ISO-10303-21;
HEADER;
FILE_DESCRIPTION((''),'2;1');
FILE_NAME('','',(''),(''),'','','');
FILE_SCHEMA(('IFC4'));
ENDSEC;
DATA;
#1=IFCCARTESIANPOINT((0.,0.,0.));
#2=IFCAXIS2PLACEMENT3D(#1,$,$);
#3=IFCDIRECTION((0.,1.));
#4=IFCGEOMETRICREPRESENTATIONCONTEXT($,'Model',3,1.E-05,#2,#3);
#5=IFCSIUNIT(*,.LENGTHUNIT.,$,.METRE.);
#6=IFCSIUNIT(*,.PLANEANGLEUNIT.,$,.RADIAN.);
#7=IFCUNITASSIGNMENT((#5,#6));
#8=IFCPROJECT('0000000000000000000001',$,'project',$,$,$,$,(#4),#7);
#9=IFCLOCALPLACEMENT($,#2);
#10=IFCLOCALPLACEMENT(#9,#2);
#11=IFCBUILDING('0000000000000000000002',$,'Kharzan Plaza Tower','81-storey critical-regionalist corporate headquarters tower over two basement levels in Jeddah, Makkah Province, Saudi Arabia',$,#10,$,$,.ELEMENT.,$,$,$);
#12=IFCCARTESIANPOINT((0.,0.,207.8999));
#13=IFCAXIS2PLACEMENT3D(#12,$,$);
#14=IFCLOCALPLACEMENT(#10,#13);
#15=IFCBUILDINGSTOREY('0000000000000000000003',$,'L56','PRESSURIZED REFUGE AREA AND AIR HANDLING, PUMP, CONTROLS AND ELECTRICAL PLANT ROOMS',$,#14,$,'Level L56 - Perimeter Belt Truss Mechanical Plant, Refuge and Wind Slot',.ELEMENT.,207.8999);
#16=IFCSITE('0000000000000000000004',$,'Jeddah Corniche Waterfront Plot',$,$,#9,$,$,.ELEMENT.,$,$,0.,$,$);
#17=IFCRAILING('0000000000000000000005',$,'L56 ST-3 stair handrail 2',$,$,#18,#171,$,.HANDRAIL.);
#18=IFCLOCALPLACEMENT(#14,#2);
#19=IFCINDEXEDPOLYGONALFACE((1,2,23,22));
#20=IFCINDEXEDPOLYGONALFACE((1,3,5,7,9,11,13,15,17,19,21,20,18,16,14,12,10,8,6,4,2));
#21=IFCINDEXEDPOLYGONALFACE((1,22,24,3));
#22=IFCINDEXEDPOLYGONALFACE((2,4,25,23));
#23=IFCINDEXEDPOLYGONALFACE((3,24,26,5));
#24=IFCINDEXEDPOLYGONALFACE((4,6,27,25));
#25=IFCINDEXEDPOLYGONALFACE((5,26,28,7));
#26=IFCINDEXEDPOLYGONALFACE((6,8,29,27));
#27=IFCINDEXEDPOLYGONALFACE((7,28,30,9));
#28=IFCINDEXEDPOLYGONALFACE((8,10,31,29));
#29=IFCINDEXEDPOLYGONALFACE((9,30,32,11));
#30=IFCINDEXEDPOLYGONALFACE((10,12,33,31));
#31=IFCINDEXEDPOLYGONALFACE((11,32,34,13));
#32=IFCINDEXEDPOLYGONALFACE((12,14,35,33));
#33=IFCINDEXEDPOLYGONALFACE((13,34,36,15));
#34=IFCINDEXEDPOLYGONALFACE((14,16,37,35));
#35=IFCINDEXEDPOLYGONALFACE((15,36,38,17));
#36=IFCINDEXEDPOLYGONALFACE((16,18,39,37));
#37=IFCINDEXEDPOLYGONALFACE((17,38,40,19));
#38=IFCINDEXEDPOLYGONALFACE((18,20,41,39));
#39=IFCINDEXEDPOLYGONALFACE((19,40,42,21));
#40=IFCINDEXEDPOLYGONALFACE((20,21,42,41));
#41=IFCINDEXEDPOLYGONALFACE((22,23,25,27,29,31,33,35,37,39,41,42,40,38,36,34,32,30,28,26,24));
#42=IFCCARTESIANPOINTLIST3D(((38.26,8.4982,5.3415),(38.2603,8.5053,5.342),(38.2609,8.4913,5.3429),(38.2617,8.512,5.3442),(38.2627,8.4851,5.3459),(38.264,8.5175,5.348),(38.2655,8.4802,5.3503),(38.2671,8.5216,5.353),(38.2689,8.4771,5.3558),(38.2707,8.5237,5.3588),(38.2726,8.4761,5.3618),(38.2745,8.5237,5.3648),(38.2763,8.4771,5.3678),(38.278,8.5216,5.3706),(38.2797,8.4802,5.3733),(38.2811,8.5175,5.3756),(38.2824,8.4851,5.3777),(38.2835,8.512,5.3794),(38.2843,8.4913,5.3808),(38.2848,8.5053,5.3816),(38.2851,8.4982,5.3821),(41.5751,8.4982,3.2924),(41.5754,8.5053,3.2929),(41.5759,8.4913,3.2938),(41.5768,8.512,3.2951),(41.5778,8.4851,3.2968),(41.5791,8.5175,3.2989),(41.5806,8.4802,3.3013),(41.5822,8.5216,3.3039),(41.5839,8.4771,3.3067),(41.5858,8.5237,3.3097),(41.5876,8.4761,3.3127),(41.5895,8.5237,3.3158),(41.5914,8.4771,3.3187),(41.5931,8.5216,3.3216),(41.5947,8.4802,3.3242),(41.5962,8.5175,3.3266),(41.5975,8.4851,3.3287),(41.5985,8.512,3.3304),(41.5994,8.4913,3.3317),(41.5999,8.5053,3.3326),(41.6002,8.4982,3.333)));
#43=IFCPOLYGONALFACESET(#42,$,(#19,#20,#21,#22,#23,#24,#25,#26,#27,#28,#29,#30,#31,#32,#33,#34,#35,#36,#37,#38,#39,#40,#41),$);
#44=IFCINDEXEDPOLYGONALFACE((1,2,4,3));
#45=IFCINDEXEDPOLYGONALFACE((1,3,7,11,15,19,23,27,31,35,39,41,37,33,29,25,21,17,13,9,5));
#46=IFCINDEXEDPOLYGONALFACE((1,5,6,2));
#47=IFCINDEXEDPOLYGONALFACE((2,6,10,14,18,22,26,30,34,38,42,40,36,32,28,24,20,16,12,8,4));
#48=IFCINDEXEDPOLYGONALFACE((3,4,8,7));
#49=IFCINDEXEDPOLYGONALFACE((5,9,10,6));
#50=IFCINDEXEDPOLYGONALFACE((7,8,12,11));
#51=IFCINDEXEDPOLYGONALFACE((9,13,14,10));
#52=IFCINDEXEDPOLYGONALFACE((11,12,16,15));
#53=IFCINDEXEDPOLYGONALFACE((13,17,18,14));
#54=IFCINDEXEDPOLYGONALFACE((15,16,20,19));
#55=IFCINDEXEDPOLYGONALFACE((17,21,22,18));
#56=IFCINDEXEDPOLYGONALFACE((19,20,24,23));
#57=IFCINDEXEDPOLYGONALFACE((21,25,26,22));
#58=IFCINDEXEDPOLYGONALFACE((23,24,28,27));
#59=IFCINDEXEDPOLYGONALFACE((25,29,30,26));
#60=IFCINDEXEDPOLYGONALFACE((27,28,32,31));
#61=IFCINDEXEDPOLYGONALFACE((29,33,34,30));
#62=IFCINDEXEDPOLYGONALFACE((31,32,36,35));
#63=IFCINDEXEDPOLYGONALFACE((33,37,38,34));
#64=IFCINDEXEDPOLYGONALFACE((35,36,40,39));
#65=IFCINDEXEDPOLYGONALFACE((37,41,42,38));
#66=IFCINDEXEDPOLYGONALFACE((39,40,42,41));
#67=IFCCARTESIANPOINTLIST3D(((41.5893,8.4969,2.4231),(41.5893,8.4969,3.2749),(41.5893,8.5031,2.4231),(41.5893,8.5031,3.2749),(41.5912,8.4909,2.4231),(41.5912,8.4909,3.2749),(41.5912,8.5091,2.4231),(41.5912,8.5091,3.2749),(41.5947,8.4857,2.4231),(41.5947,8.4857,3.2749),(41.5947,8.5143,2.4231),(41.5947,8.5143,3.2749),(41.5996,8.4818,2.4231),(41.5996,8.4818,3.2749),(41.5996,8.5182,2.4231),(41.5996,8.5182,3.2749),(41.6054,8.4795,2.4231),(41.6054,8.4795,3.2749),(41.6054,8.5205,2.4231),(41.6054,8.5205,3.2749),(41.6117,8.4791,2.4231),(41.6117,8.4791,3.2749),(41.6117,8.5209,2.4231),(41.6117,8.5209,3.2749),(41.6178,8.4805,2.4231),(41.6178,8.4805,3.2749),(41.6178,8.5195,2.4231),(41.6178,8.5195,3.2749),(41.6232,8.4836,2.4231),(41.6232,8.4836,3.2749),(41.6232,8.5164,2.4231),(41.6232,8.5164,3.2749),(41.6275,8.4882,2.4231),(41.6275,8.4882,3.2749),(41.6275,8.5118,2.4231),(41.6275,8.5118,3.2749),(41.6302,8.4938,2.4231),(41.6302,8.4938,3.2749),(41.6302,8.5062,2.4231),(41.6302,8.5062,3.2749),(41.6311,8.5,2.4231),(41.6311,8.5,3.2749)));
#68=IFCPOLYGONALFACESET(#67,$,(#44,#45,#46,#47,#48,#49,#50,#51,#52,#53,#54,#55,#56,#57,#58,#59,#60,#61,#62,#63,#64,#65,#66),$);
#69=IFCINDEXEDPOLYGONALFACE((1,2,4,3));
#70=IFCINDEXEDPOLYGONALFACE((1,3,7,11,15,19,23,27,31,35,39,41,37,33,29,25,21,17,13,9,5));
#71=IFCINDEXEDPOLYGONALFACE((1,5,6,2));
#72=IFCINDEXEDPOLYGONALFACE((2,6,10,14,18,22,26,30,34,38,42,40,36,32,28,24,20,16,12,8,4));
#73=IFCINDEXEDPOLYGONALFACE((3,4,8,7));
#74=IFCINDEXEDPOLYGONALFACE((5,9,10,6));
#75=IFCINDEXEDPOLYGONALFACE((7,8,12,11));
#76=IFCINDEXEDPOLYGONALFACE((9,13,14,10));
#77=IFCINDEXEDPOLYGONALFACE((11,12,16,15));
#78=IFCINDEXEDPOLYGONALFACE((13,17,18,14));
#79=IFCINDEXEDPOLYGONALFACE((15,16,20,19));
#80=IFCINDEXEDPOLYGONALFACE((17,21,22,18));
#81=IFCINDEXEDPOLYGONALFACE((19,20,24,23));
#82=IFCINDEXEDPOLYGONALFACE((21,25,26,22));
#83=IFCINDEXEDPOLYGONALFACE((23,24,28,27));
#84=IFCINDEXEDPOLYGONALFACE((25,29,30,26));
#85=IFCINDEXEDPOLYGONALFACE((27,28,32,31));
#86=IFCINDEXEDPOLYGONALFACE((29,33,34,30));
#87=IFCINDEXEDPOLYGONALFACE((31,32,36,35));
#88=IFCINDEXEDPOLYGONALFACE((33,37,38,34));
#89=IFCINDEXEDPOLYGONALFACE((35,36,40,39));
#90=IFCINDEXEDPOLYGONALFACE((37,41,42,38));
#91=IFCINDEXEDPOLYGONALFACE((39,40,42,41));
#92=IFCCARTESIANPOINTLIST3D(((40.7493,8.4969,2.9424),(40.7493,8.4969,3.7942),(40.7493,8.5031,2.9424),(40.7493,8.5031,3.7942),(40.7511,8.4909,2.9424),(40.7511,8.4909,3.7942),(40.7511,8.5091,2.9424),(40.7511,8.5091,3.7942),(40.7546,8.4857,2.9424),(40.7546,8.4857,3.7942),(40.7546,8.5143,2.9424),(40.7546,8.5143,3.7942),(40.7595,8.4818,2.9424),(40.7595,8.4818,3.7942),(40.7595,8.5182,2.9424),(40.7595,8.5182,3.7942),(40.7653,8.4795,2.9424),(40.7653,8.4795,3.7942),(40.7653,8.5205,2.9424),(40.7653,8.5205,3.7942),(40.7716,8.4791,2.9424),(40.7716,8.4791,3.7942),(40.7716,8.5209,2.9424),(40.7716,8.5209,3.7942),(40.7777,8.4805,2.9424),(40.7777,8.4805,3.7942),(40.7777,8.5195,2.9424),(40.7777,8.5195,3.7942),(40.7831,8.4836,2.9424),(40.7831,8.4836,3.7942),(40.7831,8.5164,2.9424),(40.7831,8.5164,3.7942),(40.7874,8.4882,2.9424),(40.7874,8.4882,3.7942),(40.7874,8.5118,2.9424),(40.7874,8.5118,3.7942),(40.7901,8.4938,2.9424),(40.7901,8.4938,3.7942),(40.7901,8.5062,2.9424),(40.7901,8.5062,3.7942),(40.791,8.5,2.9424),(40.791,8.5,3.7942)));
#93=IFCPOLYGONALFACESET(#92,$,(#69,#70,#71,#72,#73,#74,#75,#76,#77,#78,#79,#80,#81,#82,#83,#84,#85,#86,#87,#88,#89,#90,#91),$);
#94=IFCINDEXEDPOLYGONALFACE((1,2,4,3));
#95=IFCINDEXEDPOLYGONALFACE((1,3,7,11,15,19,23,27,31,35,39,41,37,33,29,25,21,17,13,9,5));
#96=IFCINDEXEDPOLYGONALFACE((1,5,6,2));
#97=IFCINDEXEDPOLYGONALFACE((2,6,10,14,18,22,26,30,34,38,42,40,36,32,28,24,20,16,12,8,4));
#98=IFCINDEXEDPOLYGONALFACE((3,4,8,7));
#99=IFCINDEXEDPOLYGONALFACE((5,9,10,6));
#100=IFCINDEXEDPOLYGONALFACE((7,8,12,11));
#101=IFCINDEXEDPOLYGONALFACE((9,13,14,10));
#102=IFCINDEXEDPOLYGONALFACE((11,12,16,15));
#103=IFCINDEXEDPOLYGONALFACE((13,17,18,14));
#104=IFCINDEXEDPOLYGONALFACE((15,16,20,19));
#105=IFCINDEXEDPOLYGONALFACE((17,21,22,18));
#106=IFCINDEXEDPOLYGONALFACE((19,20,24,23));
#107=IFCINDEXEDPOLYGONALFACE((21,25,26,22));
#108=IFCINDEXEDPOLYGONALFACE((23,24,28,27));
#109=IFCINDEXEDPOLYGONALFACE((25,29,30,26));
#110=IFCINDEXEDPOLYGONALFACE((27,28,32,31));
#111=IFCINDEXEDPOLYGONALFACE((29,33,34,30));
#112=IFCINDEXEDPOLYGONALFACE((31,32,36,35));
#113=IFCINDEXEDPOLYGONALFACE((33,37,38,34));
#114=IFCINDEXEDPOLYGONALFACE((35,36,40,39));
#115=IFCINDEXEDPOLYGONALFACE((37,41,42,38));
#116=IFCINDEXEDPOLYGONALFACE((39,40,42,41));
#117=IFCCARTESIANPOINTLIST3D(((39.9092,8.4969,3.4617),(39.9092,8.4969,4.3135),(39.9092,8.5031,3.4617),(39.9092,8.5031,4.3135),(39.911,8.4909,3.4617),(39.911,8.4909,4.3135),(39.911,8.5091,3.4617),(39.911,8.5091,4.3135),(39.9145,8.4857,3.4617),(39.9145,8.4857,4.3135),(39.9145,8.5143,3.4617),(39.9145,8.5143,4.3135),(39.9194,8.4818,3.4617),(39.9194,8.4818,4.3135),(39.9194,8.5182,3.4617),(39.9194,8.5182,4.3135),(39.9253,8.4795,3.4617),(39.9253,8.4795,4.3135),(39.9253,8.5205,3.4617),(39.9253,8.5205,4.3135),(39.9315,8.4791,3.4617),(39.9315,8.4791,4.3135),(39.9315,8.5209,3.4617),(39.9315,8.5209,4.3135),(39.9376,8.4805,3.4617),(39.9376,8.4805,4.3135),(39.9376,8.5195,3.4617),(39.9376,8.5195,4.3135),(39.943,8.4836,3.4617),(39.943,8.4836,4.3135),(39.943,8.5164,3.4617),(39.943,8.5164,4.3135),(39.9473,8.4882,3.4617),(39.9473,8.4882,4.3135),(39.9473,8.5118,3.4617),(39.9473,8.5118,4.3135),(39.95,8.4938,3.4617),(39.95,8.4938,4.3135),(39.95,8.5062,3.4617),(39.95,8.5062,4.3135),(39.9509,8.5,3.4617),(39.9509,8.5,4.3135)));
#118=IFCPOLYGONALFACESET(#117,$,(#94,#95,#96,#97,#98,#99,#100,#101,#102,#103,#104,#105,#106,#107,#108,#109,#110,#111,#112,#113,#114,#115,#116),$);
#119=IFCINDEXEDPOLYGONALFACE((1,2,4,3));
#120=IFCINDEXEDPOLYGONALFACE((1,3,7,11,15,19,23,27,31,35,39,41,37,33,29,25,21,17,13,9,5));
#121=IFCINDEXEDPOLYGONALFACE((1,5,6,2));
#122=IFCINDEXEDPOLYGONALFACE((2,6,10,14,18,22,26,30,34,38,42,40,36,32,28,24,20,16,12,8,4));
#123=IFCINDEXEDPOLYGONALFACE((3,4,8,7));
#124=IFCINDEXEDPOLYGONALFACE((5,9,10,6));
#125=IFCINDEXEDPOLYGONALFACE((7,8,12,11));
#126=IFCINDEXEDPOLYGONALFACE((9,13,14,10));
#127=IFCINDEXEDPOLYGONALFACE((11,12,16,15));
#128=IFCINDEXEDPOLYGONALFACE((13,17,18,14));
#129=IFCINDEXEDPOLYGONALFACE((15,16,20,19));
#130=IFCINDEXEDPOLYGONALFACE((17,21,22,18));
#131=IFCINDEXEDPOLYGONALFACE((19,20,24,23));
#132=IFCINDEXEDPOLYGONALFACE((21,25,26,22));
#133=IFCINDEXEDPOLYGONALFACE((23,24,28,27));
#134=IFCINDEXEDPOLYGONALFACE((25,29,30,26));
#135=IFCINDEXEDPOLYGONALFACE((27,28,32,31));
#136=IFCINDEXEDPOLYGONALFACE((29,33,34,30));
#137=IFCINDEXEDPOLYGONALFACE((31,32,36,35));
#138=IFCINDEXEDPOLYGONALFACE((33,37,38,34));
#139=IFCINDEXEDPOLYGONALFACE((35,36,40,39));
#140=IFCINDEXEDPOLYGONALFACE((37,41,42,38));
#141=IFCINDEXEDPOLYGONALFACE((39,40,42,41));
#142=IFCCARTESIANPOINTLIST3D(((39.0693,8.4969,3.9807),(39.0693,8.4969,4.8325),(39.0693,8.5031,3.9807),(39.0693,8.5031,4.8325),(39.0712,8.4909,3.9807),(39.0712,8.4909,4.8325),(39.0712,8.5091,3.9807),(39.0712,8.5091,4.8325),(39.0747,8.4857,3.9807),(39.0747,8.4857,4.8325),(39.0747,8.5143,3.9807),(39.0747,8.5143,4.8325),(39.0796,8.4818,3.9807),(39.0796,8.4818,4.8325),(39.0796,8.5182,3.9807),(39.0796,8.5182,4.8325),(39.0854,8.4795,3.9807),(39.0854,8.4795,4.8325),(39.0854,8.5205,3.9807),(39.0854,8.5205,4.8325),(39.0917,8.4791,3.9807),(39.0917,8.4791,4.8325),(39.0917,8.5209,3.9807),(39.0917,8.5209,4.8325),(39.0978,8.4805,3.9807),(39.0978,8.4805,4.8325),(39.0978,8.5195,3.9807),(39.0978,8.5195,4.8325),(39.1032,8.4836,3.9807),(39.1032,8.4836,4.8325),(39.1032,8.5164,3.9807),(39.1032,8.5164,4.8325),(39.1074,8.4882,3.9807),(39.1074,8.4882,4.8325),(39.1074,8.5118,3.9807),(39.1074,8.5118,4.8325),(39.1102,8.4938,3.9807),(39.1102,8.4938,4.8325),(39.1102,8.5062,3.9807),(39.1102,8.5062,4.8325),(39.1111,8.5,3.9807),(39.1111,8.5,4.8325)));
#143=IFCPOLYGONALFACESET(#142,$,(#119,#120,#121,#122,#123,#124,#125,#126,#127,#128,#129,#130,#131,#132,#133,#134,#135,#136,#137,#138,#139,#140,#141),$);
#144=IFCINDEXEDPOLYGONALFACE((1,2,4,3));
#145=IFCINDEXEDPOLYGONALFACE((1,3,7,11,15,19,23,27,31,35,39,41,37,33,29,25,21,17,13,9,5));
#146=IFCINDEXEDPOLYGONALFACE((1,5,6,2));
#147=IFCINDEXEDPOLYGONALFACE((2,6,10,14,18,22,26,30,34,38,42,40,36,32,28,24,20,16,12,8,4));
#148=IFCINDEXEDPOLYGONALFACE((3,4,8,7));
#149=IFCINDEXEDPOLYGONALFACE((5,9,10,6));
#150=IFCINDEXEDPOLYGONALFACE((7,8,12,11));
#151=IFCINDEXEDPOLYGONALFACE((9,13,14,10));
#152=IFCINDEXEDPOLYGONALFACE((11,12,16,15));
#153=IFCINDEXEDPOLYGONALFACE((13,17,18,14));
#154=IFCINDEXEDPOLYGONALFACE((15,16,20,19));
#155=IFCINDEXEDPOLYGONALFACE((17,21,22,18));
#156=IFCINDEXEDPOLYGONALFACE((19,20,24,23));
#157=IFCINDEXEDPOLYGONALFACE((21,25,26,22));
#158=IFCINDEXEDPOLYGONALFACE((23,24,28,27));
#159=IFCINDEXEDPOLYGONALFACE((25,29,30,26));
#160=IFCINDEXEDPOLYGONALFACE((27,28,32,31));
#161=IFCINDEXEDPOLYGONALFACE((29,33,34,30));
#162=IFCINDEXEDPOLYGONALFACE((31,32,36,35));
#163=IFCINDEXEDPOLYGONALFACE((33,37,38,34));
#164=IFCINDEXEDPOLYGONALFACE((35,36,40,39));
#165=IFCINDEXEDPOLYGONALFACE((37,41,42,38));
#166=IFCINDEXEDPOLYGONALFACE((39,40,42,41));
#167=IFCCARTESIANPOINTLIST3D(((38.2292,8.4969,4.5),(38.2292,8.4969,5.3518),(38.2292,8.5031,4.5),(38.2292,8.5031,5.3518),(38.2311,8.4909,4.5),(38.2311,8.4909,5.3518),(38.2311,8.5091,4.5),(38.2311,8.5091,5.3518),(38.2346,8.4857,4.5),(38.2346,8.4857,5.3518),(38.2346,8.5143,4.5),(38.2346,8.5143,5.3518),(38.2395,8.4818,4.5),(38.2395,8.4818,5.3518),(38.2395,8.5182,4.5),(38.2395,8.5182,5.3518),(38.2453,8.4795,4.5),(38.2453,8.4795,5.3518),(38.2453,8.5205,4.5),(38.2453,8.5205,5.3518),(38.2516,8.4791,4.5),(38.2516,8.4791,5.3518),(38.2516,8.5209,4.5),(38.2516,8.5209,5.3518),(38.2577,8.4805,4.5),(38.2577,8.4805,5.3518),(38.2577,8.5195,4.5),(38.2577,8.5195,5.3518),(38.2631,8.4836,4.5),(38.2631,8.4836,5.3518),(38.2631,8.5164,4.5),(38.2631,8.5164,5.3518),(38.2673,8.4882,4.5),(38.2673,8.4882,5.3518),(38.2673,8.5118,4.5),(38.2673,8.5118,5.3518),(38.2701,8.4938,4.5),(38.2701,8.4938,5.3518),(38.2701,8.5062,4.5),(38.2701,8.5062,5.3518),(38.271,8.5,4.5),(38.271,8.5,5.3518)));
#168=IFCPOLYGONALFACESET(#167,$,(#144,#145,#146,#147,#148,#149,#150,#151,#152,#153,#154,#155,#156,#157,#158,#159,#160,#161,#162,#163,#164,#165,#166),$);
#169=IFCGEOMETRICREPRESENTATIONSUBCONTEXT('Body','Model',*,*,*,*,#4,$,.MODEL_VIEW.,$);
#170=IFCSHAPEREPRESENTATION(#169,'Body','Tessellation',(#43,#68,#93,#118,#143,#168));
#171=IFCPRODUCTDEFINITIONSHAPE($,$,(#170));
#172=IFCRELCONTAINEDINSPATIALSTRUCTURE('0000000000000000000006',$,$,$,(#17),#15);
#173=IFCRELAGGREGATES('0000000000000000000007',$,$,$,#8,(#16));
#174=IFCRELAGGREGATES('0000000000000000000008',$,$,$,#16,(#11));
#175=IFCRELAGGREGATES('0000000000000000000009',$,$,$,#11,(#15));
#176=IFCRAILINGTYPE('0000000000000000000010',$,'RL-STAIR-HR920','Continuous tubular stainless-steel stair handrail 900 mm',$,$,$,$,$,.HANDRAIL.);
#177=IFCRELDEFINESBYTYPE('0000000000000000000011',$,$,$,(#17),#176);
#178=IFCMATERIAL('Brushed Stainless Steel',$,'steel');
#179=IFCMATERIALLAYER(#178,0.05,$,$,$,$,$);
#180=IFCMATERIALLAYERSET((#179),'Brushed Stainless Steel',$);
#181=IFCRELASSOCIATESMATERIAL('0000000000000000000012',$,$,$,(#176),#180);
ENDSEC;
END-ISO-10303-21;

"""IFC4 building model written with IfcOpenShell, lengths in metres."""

from ifc_helpers import new_model, si_unit, direction, frame, origin, origin_2d, place, context, subcontext, project, spatial, circle, extrude, source, transform, mapped, material, layer, layer_set, type_object, element, save


model = new_model("IFC4")

# Units and contexts
model_context = context("Model", 3, precision=1e-05, world=origin(), true_north=direction((0.0, 1.0)))
body_context = subcontext(model_context, "Body", "Model", "MODEL_VIEW")
ifc_project = project(units=[si_unit("LENGTHUNIT", "METRE"), si_unit("PLANEANGLEUNIT", "RADIAN")], contexts=[model_context])

# Site, building, storey
site_placement = place(None, origin())
site = spatial("IfcSite", under=ifc_project, at=site_placement, Name="Jeddah Corniche Waterfront Plot", CompositionType="ELEMENT", RefElevation=0.0)
building_placement = place(site_placement, origin())
building = spatial("IfcBuilding", under=site, at=building_placement, Name="Kharzan Plaza Tower", Description="81-storey critical-regionalist corporate headquarters tower over two basement levels in Jeddah, Makkah Province, Saudi Arabia", CompositionType="ELEMENT")
storey_placement = place(building_placement, frame((0.0, 0.0, 207.8999)))
storey = spatial("IfcBuildingStorey", under=building, at=storey_placement, Name="L56", Description="PRESSURIZED REFUGE AREA AND AIR HANDLING, PUMP, CONTROLS AND ELECTRICAL PLANT ROOMS", LongName="Level L56 - Perimeter Belt Truss Mechanical Plant, Refuge and Wind Slot", CompositionType="ELEMENT", Elevation=207.8999)

# Railing
ifc_material_1 = material(Name="Brushed Stainless Steel", Category="steel")
ifc_layer_1 = layer(ifc_material_1, 0.05)
ifc_layer_set_1 = layer_set([ifc_layer_1], Name="Brushed Stainless Steel")
railing_type_1 = type_object("IfcRailingType", Name="RL-STAIR-HR920", Description="Continuous tubular stainless-steel stair handrail 900 mm", PredefinedType="HANDRAIL", material=ifc_layer_set_1)
shared_shape_1 = source(origin(), body_context, "Body", "SweptSolid", [
    extrude(circle(Radius=0.0239, at=origin_2d()), frame((-0.0225, 0.0, 0.8896), z_axis=(-0.850623, 0.0, 0.525776), x_axis=(0.0, -1.0, 0.0)), (0.0, 0.0, 1.0), 3.8972),
    extrude(circle(Radius=0.021, at=origin_2d()), origin(), (0.0, 0.0, 1.0), 0.8518),
    extrude(circle(Radius=0.021, at=origin_2d()), frame((-0.8401, 0.0, 0.5193)), (0.0, 0.0, 1.0), 0.8518),
    extrude(circle(Radius=0.021, at=origin_2d()), frame((-1.6802, 0.0, 1.0386)), (0.0, 0.0, 1.0), 0.8518),
    extrude(circle(Radius=0.021, at=origin_2d()), frame((-2.52, 0.0, 1.5576)), (0.0, 0.0, 1.0), 0.8518),
    extrude(circle(Radius=0.021, at=origin_2d()), frame((-3.3601, 0.0, 2.0769)), (0.0, 0.0, 1.0), 0.8518),
])
railing_1_placement = place(storey_placement, frame((41.6101, 8.5, 2.4231)))
element("IfcRailing", 1, at=railing_1_placement, inside=storey, type_object=railing_type_1, Name="L56 ST-3 stair handrail 2", PredefinedType="HANDRAIL", context=body_context, shape_type="MappedRepresentation", body=[
    mapped(shared_shape_1, transform((0.0, 0.0, 0.0), x_axis=(1.0, 0.0, 0.0), y_axis=(0.0, 1.0, 0.0), z_axis=(0.0, 0.0, 1.0))),
])

save(model, "model.ifc")
